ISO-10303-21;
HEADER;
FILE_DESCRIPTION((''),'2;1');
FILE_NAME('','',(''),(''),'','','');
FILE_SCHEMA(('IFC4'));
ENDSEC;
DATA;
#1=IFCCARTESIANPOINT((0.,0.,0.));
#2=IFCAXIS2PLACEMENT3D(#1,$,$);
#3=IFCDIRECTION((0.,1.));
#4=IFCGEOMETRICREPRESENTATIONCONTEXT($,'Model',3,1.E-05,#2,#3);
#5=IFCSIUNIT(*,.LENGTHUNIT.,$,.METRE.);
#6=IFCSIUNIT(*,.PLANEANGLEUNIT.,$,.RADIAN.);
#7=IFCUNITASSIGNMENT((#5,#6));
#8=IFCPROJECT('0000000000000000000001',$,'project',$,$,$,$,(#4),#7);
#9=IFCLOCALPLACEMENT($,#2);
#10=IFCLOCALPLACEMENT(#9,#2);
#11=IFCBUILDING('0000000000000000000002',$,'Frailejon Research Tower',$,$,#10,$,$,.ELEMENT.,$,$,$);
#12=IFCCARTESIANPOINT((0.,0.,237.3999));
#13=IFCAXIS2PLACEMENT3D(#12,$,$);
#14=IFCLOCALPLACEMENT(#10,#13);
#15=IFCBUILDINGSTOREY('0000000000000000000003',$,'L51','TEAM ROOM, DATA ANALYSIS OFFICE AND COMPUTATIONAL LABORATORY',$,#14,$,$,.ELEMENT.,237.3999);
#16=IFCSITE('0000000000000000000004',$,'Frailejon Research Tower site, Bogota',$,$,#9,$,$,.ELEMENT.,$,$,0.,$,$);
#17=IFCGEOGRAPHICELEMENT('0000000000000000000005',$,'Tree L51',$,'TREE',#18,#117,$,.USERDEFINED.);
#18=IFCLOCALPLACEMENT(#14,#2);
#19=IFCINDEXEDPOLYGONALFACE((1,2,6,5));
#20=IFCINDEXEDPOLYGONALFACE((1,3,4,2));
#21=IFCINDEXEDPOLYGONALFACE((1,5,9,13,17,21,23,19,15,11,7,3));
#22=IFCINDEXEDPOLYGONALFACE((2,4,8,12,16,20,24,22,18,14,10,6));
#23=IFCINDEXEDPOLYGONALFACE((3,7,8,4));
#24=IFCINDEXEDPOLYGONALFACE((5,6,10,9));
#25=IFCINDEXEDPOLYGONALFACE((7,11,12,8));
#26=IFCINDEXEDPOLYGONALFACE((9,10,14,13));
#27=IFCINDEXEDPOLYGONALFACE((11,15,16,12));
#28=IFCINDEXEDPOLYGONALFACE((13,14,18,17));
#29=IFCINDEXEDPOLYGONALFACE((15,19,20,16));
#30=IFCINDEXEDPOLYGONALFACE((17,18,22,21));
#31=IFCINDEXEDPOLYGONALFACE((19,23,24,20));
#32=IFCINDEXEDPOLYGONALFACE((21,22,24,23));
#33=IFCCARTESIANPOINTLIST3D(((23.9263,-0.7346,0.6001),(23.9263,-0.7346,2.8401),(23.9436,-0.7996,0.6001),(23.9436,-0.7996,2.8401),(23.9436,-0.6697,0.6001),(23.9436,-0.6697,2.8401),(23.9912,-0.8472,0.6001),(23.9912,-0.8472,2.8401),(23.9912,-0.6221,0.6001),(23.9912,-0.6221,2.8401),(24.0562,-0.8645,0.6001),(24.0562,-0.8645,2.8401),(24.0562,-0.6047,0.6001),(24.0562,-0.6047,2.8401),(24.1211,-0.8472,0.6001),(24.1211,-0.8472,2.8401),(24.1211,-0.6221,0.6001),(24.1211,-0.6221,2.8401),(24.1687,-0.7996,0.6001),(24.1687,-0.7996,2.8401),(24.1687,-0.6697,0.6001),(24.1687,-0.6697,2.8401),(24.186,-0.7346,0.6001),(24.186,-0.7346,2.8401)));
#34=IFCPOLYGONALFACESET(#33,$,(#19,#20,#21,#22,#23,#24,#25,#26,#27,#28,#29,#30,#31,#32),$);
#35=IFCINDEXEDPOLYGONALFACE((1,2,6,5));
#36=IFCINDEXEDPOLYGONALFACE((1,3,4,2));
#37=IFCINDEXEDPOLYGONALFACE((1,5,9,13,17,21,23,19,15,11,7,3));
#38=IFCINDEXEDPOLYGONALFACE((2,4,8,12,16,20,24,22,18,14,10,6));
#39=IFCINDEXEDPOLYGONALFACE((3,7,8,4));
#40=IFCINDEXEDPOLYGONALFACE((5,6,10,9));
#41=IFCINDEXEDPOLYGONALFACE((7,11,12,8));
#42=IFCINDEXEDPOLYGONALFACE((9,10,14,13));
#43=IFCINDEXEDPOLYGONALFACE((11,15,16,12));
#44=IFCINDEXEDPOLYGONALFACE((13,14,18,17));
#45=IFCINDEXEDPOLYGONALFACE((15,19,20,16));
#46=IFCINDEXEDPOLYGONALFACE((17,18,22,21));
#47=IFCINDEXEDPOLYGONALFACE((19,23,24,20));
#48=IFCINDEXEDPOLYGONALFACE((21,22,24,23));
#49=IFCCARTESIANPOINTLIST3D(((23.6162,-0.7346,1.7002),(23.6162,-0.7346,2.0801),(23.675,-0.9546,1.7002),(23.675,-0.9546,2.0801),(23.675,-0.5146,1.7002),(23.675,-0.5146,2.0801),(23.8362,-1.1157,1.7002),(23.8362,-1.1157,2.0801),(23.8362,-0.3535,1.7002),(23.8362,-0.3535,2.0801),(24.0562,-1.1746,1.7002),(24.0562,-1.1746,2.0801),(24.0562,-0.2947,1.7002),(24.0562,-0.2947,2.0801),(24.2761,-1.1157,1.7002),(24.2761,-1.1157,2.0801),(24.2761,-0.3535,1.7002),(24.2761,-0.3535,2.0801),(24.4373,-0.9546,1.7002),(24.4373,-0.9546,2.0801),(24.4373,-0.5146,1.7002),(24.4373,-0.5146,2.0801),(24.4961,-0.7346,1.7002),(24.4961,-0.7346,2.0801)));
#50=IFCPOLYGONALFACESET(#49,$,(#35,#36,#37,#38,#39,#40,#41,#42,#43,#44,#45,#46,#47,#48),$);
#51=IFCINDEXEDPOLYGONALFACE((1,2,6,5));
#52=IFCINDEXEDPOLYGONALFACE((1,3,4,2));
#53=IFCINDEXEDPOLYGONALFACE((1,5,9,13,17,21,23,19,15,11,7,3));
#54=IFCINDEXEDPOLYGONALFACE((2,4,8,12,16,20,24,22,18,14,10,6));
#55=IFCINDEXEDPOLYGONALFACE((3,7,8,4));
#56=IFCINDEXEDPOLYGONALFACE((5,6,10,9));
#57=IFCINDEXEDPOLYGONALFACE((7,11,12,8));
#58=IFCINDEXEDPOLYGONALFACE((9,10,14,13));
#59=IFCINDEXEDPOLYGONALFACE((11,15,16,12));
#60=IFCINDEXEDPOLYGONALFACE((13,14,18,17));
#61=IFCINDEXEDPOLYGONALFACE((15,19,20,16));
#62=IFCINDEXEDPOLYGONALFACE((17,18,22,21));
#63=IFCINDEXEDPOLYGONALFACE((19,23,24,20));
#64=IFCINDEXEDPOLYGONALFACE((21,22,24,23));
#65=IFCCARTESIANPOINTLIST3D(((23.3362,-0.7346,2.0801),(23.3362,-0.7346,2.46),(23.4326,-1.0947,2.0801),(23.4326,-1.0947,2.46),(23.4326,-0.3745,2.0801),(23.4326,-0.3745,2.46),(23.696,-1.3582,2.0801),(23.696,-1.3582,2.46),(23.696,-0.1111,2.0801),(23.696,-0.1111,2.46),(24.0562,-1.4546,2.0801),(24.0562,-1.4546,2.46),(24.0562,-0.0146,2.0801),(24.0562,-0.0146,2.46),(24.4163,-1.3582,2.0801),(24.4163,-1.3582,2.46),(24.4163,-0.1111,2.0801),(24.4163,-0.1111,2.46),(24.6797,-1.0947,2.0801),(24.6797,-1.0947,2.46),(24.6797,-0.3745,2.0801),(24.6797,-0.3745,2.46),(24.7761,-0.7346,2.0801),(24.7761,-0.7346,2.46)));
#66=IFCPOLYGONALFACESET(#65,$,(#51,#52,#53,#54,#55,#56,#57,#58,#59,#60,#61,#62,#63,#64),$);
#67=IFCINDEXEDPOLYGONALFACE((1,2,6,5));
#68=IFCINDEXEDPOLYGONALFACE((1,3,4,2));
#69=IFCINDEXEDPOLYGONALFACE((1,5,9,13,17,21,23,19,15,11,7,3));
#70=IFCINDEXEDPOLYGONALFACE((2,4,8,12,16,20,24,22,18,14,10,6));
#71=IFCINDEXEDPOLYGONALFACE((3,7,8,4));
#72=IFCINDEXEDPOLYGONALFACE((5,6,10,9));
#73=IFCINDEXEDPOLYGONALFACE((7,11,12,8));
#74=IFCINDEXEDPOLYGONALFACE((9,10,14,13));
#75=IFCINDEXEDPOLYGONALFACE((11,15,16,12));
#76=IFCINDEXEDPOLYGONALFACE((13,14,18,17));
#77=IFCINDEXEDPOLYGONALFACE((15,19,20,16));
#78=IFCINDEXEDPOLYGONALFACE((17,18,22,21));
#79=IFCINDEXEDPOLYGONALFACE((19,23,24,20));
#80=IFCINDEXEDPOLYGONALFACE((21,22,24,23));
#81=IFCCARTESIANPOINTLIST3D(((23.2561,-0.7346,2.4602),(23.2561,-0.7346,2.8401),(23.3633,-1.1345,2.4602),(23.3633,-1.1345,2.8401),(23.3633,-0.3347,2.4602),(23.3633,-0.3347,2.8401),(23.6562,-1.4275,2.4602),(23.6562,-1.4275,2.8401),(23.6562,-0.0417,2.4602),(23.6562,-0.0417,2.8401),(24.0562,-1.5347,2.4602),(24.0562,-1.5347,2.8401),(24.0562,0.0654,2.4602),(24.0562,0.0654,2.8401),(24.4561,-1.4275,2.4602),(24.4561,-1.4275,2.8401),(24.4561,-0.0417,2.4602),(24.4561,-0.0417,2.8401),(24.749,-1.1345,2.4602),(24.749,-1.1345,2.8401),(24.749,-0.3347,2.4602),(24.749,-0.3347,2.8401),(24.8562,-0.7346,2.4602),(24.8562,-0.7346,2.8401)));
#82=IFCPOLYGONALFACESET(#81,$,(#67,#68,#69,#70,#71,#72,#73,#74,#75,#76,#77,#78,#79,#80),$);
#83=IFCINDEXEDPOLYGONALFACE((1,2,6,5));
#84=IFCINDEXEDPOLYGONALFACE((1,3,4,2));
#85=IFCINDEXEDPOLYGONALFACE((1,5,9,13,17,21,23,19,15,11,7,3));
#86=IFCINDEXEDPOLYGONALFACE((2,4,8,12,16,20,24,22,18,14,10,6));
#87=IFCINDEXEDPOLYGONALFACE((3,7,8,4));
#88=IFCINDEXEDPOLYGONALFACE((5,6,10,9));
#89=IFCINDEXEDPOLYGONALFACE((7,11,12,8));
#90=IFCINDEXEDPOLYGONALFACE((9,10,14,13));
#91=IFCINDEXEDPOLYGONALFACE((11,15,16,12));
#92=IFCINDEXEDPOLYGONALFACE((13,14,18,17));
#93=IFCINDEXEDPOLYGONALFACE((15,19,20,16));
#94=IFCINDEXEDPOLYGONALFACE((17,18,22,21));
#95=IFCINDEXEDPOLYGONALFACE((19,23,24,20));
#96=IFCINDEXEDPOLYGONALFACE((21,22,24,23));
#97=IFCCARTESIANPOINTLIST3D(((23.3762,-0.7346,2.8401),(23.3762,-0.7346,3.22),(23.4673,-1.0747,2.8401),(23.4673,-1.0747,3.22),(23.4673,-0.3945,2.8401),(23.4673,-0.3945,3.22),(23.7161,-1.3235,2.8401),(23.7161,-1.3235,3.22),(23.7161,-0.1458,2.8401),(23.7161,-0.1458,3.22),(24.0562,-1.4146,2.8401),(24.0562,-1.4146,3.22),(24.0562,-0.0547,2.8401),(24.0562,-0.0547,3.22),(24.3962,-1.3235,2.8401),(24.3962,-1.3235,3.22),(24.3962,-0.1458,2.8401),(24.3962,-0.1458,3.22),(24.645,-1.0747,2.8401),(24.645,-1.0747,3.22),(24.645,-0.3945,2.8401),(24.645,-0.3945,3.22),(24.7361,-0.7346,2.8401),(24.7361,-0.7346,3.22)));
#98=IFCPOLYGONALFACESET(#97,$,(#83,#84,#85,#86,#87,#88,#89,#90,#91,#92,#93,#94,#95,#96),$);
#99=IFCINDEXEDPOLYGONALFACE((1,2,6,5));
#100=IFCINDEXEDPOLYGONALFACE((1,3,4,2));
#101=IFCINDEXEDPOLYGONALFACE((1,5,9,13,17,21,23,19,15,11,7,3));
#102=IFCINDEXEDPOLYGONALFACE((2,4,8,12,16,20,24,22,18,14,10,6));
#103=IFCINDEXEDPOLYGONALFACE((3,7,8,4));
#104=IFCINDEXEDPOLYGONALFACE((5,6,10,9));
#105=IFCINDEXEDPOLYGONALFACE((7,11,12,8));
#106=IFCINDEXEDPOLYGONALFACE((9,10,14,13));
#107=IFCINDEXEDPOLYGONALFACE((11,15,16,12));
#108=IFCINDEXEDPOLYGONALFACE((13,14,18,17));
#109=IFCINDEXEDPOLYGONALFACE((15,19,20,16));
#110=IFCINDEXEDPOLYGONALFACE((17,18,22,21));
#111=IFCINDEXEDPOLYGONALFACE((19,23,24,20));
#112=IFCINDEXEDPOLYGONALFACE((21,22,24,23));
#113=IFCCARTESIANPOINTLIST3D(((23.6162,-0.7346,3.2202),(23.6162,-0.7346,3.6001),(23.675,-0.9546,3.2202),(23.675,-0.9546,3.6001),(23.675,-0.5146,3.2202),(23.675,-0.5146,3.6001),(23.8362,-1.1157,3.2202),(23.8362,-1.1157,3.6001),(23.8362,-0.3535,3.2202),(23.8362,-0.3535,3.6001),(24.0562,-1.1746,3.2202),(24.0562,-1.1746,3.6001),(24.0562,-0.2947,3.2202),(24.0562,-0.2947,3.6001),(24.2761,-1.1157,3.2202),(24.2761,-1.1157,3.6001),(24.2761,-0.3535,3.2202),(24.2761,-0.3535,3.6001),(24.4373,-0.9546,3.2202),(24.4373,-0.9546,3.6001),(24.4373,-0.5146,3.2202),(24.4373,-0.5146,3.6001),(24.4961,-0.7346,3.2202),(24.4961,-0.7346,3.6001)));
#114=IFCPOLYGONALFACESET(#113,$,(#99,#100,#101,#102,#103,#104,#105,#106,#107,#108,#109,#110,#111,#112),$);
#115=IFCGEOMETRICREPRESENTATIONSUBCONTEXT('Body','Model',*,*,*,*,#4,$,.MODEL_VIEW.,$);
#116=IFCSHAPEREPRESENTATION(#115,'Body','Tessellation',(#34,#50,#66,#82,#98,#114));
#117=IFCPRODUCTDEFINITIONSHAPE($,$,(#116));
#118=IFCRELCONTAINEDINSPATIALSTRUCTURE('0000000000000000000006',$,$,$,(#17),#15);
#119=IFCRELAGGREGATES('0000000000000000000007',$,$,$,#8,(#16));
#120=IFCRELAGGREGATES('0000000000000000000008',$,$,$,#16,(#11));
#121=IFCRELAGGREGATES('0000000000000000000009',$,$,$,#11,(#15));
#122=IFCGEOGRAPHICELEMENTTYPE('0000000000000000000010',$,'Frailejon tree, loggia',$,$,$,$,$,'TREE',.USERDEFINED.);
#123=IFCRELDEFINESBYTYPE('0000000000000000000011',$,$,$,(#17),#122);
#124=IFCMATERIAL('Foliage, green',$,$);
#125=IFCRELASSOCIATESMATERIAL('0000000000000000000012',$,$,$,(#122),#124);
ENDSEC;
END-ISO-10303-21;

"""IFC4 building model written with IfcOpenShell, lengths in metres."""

from ifc_helpers import new_model, si_unit, direction, frame, origin, place, context, subcontext, project, spatial, polyline, outline, extrude, material, type_object, element, save


model = new_model("IFC4")

# Units and contexts
model_context = context("Model", 3, precision=1e-05, world=origin(), true_north=direction((0.0, 1.0)))
body_context = subcontext(model_context, "Body", "Model", "MODEL_VIEW")
ifc_project = project(units=[si_unit("LENGTHUNIT", "METRE"), si_unit("PLANEANGLEUNIT", "RADIAN")], contexts=[model_context])

# Site, building, storey
site_placement = place(None, origin())
site = spatial("IfcSite", under=ifc_project, at=site_placement, Name="Frailejon Research Tower site, Bogota", CompositionType="ELEMENT", RefElevation=0.0)
building_placement = place(site_placement, origin())
building = spatial("IfcBuilding", under=site, at=building_placement, Name="Frailejon Research Tower", CompositionType="ELEMENT")
storey_placement = place(building_placement, frame((0.0, 0.0, 237.3999)))
storey = spatial("IfcBuildingStorey", under=building, at=storey_placement, Name="L51", Description="TEAM ROOM, DATA ANALYSIS OFFICE AND COMPUTATIONAL LABORATORY", CompositionType="ELEMENT", Elevation=237.3999)

# Geographic element
ifc_material_1 = material(Name="Foliage, green")
geographic_element_type = type_object("IfcGeographicElementType", Name="Frailejon tree, loggia", ElementType="TREE", PredefinedType="USERDEFINED", material=ifc_material_1)
geographic_element_placement = place(storey_placement, frame((24.0562, -0.7346, 0.6001)))
element("IfcGeographicElement", 1, at=geographic_element_placement, inside=storey, type_object=geographic_element_type, Name="Tree L51", ObjectType="TREE", PredefinedType="USERDEFINED", context=body_context, shape_type="SweptSolid", body=[
    extrude(outline(polyline([(0.1299, 0.0), (0.1125, 0.0649), (0.0649, 0.1125), (0.0, 0.1299), (-0.0649, 0.1125), (-0.1125, 0.0649), (-0.1299, 0.0), (-0.1125, -0.0649), (-0.0649, -0.1125), (0.0, -0.1299), (0.0649, -0.1125), (0.1125, -0.0649), (0.1299, 0.0)])), origin(), (0.0, 0.0, 1.0), 2.24),
    extrude(outline(polyline([(0.4399, 0.0), (0.3811, 0.22), (0.22, 0.3811), (0.0, 0.4399), (-0.22, 0.3811), (-0.3811, 0.22), (-0.4399, 0.0), (-0.3811, -0.22), (-0.22, -0.3811), (0.0, -0.4399), (0.22, -0.3811), (0.3811, -0.22), (0.4399, 0.0)])), frame((0.0, 0.0, 1.1001)), (0.0, 0.0, 1.0), 0.3799),
    extrude(outline(polyline([(0.72, 0.0), (0.6235, 0.3601), (0.3601, 0.6235), (0.0, 0.72), (-0.3601, 0.6235), (-0.6235, 0.3601), (-0.72, 0.0), (-0.6235, -0.3601), (-0.3601, -0.6235), (0.0, -0.72), (0.3601, -0.6235), (0.6235, -0.3601), (0.72, 0.0)])), frame((0.0, 0.0, 1.48)), (0.0, 0.0, 1.0), 0.3799),
    extrude(outline(polyline([(0.8, 0.0), (0.6929, 0.3999), (0.3999, 0.6929), (0.0, 0.8), (-0.3999, 0.6929), (-0.6929, 0.3999), (-0.8, 0.0), (-0.6929, -0.3999), (-0.3999, -0.6929), (0.0, -0.8), (0.3999, -0.6929), (0.6929, -0.3999), (0.8, 0.0)])), frame((0.0, 0.0, 1.8601)), (0.0, 0.0, 1.0), 0.3799),
    extrude(outline(polyline([(0.6799, 0.0), (0.5889, 0.3401), (0.3401, 0.5889), (0.0, 0.6799), (-0.3401, 0.5889), (-0.5889, 0.3401), (-0.6799, 0.0), (-0.5889, -0.3401), (-0.3401, -0.5889), (0.0, -0.6799), (0.3401, -0.5889), (0.5889, -0.3401), (0.6799, 0.0)])), frame((0.0, 0.0, 2.24)), (0.0, 0.0, 1.0), 0.3799),
    extrude(outline(polyline([(0.4399, 0.0), (0.3811, 0.22), (0.22, 0.3811), (0.0, 0.4399), (-0.22, 0.3811), (-0.3811, 0.22), (-0.4399, 0.0), (-0.3811, -0.22), (-0.22, -0.3811), (0.0, -0.4399), (0.22, -0.3811), (0.3811, -0.22), (0.4399, 0.0)])), frame((0.0, 0.0, 2.6201)), (0.0, 0.0, 1.0), 0.3799),
])

save(model, "model.ifc")
